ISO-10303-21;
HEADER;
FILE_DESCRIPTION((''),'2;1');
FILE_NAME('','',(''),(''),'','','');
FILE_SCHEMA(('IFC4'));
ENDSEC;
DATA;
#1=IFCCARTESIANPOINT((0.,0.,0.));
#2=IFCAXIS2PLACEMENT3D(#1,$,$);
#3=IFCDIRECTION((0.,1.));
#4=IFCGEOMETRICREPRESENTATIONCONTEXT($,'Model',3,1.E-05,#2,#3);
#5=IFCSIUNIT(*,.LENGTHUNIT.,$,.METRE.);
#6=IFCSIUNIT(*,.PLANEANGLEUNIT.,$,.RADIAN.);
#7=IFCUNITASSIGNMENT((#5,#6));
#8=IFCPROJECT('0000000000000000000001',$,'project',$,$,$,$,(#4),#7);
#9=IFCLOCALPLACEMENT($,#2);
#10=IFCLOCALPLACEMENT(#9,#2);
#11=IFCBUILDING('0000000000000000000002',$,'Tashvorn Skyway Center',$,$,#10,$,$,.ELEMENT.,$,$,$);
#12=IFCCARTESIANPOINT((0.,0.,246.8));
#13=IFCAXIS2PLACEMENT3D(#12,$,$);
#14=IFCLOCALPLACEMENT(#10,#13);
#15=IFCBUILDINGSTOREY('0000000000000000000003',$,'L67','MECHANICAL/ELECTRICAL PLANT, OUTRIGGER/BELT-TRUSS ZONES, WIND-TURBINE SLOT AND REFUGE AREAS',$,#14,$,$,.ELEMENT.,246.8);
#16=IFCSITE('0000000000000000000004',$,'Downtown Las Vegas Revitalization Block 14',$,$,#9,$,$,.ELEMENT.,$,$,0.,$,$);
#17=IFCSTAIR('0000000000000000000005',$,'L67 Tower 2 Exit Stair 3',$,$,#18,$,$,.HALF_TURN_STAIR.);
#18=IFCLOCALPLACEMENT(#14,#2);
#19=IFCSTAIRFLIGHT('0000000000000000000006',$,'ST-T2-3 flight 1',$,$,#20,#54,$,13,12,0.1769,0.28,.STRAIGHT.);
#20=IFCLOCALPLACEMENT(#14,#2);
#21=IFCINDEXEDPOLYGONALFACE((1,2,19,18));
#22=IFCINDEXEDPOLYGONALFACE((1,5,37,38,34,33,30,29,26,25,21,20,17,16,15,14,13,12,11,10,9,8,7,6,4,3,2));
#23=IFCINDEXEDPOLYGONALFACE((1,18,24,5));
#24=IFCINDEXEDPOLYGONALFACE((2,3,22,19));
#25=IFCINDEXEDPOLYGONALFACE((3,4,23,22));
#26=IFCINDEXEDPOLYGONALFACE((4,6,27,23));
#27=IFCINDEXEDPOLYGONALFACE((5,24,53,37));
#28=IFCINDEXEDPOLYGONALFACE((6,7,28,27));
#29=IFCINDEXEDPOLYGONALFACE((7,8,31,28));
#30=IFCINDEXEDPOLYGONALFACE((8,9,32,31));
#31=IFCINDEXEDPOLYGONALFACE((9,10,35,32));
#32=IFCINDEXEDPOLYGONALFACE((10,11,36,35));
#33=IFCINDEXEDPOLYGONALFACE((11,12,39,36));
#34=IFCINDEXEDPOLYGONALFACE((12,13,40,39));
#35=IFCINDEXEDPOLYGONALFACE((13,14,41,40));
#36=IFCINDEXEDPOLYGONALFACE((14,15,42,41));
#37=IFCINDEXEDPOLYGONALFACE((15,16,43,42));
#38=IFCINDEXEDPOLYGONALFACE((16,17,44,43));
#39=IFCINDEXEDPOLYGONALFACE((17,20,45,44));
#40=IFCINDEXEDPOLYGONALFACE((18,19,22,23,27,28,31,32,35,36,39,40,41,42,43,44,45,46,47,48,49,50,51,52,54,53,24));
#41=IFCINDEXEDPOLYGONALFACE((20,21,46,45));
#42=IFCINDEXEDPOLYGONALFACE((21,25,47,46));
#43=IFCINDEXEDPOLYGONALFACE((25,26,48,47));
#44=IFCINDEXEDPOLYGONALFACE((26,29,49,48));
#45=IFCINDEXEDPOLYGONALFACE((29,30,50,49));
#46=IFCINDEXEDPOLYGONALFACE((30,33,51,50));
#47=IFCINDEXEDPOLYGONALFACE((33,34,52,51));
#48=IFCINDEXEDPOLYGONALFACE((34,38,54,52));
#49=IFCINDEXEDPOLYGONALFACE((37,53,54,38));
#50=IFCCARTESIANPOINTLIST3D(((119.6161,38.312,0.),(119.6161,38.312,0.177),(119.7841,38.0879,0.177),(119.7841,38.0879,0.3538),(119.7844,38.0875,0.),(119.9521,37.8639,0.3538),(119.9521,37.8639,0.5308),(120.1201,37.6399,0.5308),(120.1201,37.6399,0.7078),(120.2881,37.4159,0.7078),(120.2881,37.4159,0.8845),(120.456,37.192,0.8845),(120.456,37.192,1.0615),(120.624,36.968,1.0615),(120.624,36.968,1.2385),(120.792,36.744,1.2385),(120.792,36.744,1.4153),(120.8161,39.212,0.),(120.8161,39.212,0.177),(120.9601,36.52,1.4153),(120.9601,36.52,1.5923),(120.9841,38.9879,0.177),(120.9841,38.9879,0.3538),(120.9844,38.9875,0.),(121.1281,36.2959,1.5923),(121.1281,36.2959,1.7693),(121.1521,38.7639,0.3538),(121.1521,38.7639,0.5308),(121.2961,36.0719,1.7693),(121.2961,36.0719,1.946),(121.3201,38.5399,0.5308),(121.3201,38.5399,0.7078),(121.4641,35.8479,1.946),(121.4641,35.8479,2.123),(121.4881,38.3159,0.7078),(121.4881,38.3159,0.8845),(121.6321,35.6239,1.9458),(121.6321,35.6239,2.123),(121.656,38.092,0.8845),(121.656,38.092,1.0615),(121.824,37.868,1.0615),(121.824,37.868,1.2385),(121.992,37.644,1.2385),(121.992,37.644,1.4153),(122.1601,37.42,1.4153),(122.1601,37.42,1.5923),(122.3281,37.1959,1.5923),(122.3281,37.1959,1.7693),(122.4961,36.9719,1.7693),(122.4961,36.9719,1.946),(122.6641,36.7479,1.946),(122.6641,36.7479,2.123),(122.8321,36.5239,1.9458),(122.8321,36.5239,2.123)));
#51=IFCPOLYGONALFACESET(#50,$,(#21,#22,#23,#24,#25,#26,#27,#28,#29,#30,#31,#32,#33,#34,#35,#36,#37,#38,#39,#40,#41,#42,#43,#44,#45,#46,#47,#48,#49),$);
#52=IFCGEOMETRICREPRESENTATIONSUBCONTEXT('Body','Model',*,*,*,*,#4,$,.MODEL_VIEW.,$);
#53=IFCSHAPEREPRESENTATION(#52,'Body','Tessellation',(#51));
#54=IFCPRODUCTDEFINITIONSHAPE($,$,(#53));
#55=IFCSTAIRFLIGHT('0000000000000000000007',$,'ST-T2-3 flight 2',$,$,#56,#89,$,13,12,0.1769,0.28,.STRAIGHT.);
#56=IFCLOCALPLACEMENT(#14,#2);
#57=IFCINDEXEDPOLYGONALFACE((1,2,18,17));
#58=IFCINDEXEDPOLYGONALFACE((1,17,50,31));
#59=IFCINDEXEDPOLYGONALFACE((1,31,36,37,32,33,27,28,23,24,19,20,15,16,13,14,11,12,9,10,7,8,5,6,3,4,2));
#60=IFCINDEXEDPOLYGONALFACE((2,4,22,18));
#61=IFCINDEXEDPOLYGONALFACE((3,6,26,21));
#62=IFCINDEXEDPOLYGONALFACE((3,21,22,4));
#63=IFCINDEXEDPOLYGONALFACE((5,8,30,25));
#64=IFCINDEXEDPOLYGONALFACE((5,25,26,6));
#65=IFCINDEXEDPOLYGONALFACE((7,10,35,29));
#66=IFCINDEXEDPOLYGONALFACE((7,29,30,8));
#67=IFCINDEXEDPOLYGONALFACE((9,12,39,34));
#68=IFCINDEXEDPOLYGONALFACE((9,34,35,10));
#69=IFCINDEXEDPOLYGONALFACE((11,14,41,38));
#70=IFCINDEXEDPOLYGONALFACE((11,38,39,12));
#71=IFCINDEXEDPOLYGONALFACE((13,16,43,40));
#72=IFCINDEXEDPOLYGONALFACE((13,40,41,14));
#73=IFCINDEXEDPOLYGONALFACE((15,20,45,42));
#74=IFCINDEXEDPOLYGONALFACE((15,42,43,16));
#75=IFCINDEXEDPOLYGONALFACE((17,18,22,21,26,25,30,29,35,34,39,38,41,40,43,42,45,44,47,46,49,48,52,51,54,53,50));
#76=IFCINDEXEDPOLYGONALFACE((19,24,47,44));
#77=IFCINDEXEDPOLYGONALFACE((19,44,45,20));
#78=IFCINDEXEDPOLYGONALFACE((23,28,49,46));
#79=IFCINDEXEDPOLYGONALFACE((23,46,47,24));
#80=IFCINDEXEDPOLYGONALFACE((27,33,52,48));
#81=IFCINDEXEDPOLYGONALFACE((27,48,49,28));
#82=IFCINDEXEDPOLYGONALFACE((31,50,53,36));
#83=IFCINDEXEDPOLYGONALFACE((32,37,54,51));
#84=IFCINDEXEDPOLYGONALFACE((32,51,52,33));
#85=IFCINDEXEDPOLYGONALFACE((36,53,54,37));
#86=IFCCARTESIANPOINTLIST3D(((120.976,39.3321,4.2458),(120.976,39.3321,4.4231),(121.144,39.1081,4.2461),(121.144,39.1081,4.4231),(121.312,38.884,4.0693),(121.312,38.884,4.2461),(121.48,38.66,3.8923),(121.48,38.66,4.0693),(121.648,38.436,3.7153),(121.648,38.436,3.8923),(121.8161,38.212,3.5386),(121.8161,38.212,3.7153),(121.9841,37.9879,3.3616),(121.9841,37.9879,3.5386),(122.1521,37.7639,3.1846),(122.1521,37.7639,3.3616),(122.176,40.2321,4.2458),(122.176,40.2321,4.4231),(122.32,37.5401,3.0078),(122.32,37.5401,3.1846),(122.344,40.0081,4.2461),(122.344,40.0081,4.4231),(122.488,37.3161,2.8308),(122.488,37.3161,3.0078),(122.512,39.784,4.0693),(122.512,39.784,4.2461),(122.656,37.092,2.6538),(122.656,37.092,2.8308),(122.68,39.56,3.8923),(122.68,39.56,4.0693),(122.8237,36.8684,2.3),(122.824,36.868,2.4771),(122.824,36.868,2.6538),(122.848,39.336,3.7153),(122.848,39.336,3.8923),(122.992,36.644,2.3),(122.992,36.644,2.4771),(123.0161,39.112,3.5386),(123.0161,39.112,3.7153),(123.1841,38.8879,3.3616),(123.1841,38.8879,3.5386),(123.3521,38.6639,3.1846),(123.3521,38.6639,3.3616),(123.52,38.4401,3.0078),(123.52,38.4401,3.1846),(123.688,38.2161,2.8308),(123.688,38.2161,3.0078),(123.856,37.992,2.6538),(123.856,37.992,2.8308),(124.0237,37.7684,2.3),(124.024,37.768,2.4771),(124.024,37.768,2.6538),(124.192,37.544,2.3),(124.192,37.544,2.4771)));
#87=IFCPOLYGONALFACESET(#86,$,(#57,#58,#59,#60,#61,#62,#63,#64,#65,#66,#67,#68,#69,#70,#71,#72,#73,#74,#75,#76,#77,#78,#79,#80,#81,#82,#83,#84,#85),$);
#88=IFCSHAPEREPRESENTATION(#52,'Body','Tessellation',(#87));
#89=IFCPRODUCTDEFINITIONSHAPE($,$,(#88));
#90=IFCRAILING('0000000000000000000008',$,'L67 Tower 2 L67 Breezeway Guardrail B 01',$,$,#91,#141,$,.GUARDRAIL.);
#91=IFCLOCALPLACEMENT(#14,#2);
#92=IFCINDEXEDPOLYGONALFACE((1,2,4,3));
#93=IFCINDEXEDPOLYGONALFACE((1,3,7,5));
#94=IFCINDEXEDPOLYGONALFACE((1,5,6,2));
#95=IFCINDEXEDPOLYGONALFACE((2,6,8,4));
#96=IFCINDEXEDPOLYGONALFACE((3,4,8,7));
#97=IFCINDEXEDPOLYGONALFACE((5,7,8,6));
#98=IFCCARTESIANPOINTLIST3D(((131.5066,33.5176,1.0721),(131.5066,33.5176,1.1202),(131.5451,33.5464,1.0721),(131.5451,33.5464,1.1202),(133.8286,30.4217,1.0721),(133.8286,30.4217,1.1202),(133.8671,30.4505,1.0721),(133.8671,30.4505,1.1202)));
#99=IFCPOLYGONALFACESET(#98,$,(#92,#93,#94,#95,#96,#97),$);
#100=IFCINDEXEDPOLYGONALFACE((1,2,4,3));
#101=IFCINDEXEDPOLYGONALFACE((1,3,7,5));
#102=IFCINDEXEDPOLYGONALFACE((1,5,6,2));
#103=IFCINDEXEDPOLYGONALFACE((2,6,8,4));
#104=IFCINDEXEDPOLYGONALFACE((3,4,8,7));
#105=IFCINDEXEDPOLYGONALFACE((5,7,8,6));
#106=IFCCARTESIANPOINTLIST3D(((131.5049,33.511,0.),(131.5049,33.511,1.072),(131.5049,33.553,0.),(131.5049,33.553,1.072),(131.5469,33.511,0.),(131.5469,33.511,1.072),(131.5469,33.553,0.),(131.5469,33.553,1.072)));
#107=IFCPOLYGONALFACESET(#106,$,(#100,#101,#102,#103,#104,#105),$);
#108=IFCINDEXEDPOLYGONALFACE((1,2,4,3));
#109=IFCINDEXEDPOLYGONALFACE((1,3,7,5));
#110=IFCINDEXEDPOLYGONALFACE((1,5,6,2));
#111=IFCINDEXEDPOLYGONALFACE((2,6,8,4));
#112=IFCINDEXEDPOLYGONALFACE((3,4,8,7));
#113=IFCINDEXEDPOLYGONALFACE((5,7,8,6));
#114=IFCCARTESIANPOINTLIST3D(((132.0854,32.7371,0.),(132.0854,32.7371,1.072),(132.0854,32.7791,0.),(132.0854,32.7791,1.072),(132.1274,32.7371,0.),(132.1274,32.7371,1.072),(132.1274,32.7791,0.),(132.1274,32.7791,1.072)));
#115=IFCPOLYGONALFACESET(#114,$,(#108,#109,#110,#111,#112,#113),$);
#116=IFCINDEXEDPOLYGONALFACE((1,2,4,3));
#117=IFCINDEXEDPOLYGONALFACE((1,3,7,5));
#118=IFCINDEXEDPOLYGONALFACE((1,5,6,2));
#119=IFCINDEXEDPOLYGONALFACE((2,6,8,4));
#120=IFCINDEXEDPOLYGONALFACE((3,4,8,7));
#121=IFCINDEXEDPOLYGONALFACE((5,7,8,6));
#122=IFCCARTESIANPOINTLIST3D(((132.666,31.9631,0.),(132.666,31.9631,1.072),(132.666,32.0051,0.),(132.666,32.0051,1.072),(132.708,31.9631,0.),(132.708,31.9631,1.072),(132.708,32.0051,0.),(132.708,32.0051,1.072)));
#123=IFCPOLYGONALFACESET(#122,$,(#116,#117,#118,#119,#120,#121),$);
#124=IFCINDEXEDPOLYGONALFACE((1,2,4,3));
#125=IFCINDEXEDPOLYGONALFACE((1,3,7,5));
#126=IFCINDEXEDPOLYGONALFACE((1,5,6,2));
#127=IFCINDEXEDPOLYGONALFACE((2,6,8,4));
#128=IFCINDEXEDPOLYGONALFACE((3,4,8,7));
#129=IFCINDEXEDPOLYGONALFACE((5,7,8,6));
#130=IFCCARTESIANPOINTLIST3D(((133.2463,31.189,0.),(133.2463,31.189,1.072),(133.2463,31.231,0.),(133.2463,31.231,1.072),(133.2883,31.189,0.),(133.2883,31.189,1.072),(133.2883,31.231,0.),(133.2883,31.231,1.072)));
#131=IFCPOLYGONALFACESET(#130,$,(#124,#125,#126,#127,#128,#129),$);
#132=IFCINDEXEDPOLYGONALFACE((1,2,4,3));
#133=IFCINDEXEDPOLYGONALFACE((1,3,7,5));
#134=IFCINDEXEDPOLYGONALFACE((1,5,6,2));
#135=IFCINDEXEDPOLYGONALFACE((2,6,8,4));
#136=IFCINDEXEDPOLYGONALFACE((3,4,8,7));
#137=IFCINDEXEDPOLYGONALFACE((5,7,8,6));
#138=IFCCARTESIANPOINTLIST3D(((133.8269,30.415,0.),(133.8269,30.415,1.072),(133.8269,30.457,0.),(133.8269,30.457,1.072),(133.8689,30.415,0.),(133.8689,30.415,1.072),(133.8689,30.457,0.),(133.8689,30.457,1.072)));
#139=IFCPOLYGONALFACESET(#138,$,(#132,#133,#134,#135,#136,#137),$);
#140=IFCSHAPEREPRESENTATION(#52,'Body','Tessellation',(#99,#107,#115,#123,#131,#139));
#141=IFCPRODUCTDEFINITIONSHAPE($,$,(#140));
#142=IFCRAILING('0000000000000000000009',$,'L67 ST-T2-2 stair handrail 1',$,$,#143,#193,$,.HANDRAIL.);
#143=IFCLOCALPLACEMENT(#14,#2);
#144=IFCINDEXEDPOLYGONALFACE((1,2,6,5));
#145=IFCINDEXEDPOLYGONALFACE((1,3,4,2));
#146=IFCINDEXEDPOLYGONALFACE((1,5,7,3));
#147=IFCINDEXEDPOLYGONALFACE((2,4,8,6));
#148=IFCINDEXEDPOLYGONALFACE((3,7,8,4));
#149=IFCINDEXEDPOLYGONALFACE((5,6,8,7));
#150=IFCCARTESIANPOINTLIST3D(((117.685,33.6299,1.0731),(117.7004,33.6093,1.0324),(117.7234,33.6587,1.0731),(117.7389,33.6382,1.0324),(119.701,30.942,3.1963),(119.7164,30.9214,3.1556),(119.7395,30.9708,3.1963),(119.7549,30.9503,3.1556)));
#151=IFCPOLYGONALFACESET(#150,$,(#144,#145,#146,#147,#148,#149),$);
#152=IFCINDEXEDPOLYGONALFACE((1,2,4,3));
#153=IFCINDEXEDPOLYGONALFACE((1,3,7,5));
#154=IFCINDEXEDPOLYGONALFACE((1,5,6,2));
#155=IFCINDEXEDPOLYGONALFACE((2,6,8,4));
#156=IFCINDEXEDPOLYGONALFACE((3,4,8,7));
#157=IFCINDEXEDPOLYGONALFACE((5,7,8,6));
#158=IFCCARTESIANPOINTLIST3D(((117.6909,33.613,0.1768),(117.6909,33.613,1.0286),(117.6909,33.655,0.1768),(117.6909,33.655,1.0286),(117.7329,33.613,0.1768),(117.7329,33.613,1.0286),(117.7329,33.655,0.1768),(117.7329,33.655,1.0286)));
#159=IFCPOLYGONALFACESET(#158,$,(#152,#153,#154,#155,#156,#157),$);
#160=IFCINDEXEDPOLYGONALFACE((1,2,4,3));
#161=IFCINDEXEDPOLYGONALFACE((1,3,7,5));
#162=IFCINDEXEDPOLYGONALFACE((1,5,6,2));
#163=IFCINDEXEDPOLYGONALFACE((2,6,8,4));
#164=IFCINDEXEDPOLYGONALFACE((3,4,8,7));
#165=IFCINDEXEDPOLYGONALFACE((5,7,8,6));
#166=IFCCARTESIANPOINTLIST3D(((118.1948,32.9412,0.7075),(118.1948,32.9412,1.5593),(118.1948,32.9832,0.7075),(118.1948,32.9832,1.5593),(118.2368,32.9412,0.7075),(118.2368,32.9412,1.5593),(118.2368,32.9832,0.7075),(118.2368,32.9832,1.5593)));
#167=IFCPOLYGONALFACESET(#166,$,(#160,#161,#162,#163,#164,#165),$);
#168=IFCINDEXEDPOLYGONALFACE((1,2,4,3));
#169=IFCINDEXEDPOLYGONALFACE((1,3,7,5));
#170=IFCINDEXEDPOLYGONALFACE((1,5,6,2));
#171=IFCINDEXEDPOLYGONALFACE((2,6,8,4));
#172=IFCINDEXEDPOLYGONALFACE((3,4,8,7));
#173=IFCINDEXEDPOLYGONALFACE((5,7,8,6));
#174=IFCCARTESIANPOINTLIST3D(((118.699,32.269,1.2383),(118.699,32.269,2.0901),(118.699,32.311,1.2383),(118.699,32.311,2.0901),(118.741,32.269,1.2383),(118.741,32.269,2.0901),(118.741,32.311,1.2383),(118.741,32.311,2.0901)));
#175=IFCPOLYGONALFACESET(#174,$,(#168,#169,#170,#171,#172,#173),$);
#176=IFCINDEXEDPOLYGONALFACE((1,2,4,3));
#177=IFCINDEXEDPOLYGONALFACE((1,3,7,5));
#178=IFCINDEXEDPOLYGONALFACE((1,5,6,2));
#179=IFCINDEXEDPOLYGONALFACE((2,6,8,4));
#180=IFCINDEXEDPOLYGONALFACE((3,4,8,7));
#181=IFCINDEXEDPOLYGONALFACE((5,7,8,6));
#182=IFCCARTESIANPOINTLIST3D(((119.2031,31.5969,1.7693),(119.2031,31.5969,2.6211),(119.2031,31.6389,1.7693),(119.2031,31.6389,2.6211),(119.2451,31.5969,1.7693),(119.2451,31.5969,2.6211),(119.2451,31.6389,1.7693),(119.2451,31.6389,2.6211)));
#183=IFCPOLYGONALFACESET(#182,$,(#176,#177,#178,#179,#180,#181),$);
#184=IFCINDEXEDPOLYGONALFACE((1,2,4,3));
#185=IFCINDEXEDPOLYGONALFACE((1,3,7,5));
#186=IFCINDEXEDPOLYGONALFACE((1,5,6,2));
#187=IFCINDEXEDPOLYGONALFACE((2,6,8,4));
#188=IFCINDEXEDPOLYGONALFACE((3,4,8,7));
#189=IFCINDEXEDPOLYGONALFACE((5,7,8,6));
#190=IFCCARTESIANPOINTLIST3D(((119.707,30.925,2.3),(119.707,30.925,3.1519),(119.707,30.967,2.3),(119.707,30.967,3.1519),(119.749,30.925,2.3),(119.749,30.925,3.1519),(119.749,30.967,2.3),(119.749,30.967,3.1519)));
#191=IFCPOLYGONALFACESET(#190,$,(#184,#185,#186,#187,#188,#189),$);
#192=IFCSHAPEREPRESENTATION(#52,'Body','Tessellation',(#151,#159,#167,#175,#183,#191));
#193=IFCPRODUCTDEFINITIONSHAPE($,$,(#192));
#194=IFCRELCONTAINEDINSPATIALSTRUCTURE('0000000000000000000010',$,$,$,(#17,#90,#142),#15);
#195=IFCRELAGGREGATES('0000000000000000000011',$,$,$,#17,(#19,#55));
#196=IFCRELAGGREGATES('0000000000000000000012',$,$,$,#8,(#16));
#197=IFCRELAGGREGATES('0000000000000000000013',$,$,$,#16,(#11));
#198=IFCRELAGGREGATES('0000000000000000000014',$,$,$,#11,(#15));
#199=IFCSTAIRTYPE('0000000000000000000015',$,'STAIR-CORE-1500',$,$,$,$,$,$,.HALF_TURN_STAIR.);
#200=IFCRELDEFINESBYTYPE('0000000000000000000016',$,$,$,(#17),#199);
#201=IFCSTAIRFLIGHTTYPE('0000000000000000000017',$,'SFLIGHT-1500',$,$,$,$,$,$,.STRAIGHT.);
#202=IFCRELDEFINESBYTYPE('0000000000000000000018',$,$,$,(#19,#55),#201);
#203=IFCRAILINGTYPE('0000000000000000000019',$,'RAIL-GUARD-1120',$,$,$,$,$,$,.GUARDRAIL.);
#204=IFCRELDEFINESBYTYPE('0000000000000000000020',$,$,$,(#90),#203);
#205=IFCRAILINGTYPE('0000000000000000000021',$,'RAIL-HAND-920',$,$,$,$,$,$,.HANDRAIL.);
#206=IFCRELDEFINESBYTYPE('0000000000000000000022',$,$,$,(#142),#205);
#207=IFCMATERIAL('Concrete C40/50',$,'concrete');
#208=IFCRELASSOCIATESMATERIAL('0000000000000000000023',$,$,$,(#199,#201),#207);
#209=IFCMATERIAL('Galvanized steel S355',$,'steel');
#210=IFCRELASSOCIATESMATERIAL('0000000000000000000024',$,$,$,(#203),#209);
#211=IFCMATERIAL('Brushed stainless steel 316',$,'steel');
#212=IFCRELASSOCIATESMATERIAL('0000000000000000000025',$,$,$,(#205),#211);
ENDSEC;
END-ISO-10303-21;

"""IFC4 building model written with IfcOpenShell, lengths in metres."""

from ifc_helpers import new_model, si_unit, direction, frame, origin, origin_2d, place, context, subcontext, project, spatial, polyline, rectangle, outline, extrude, material, type_object, element, aggregate, save


model = new_model("IFC4")

# Units and contexts
model_context = context("Model", 3, precision=1e-05, world=origin(), true_north=direction((0.0, 1.0)))
body_context = subcontext(model_context, "Body", "Model", "MODEL_VIEW")
ifc_project = project(units=[si_unit("LENGTHUNIT", "METRE"), si_unit("PLANEANGLEUNIT", "RADIAN")], contexts=[model_context])

# Site, building, storey
site_placement = place(None, origin())
site = spatial("IfcSite", under=ifc_project, at=site_placement, Name="Downtown Las Vegas Revitalization Block 14", CompositionType="ELEMENT", RefElevation=0.0)
building_placement = place(site_placement, origin())
building = spatial("IfcBuilding", under=site, at=building_placement, Name="Tashvorn Skyway Center", CompositionType="ELEMENT")
storey_placement = place(building_placement, frame((0.0, 0.0, 246.8)))
storey = spatial("IfcBuildingStorey", under=building, at=storey_placement, Name="L67", Description="MECHANICAL/ELECTRICAL PLANT, OUTRIGGER/BELT-TRUSS ZONES, WIND-TURBINE SLOT AND REFUGE AREAS", CompositionType="ELEMENT", Elevation=246.8)

# Shared definitions
ifc_material_1 = material(Name="Concrete C40/50", Category="concrete")

# Shared definitions
stair_type = type_object("IfcStairType", Name="STAIR-CORE-1500", PredefinedType="HALF_TURN_STAIR", material=ifc_material_1)
stair_flight_type = type_object("IfcStairFlightType", Name="SFLIGHT-1500", PredefinedType="STRAIGHT", material=ifc_material_1)

# Stair, stair flights
stair_1_placement = place(storey_placement, origin())
stair_1 = element("IfcStair", 1, at=stair_1_placement, inside=storey, type_object=stair_type, Name="L67 Tower 2 Exit Stair 3", PredefinedType="HALF_TURN_STAIR")
stair_flight_1_placement = place(storey_placement, frame((120.2161, 38.762, 0.0), z_axis=(0.0, 0.0, 1.0), x_axis=(0.6, -0.8, 0.0)))
stair_flight_1 = element("IfcStairFlight", 2, at=stair_flight_1_placement, type_object=stair_flight_type, Name="ST-T2-3 flight 1", NumberOfRisers=13, NumberOfTreads=12, PredefinedType="STRAIGHT", RiserHeight=0.1769, TreadLength=0.28, context=body_context, shape_type="SweptSolid", body=[
    extrude(outline(polyline([(0.0, 0.0), (0.0, 0.177), (0.28, 0.177), (0.28, 0.3538), (0.5601, 0.3538), (0.5601, 0.5308), (0.8401, 0.5308), (0.8401, 0.7078), (1.1201, 0.7078), (1.1201, 0.8845), (1.3999, 0.8845), (1.3999, 1.0615), (1.6799, 1.0615), (1.6799, 1.2385), (1.96, 1.2385), (1.96, 1.4153), (2.24, 1.4153), (2.24, 1.5923), (2.52, 1.5923), (2.52, 1.7693), (2.8, 1.7693), (2.8, 1.946), (3.0801, 1.946), (3.0801, 2.123), (3.3601, 2.123), (3.3601, 2.3), (3.3601, 1.9458), (0.2805, 0.0), (0.0, 0.0)])), frame((0.0, 0.75, 0.0), z_axis=(0.0, -1.0, 0.0), x_axis=(1.0, 0.0, 0.0)), (0.0, 0.0, 1.0), 1.5),
])
stair_flight_2_placement = place(storey_placement, frame((123.592, 37.094, 2.3), z_axis=(0.0, 0.0, 1.0), x_axis=(-0.6, 0.8, 0.0)))
stair_flight_2 = element("IfcStairFlight", 3, at=stair_flight_2_placement, type_object=stair_flight_type, Name="ST-T2-3 flight 2", NumberOfRisers=13, NumberOfTreads=12, PredefinedType="STRAIGHT", RiserHeight=0.1769, TreadLength=0.28, context=body_context, shape_type="SweptSolid", body=[
    extrude(outline(polyline([(0.0, 0.0), (0.0, 0.177), (0.28, 0.177), (0.28, 0.3538), (0.5601, 0.3538), (0.5601, 0.5308), (0.8401, 0.5308), (0.8401, 0.7078), (1.1201, 0.7078), (1.1201, 0.8845), (1.3999, 0.8845), (1.3999, 1.0615), (1.6799, 1.0615), (1.6799, 1.2385), (1.96, 1.2385), (1.96, 1.4153), (2.24, 1.4153), (2.24, 1.5923), (2.52, 1.5923), (2.52, 1.7693), (2.8, 1.7693), (2.8, 1.946), (3.0801, 1.946), (3.0801, 2.123), (3.3601, 2.123), (3.3601, 2.3), (3.3601, 1.9458), (0.2805, 0.0), (0.0, 0.0)])), frame((0.0, 0.75, 0.0), z_axis=(0.0, -1.0, 0.0), x_axis=(1.0, 0.0, 0.0)), (0.0, 0.0, 1.0), 1.5),
])
aggregate(stair_1, [stair_flight_1, stair_flight_2])

# Railings
ifc_material_2 = material(Name="Galvanized steel S355", Category="steel")
railing_type_1 = type_object("IfcRailingType", Name="RAIL-GUARD-1120", PredefinedType="GUARDRAIL", material=ifc_material_2)
railing_1_placement = place(storey_placement, frame((131.5259, 33.532, 0.0)))
element("IfcRailing", 4, at=railing_1_placement, inside=storey, type_object=railing_type_1, Name="L67 Tower 2 L67 Breezeway Guardrail B 01", PredefinedType="GUARDRAIL", context=body_context, shape_type="SweptSolid", body=[
    extrude(rectangle(XDim=0.0481, YDim=0.0481, at=origin_2d()), frame((0.0, 0.0, 1.0962), z_axis=(0.60001, -0.799992, 0.0), x_axis=(0.799992, 0.60001, 0.0)), (0.0, 0.0, 1.0), 3.8699),
    extrude(rectangle(XDim=0.042, YDim=0.042, at=origin_2d()), origin(), (0.0, 0.0, 1.0), 1.072),
    extrude(rectangle(XDim=0.042, YDim=0.042, at=origin_2d()), frame((0.5806, -0.7739, 0.0)), (0.0, 0.0, 1.0), 1.072),
    extrude(rectangle(XDim=0.042, YDim=0.042, at=origin_2d()), frame((1.1611, -1.5479, 0.0)), (0.0, 0.0, 1.0), 1.072),
    extrude(rectangle(XDim=0.042, YDim=0.042, at=origin_2d()), frame((1.7415, -2.322, 0.0)), (0.0, 0.0, 1.0), 1.072),
    extrude(rectangle(XDim=0.042, YDim=0.042, at=origin_2d()), frame((2.322, -3.0959, 0.0)), (0.0, 0.0, 1.0), 1.072),
])
ifc_material_3 = material(Name="Brushed stainless steel 316", Category="steel")
railing_type_2 = type_object("IfcRailingType", Name="RAIL-HAND-920", PredefinedType="HANDRAIL", material=ifc_material_3)
for number, where, name in (
    (5, (117.7119, 33.634, 0.1768), "L67 ST-T2-2 stair handrail 1"),
):
    element("IfcRailing", number, at=place(storey_placement, frame(where)), inside=storey, type_object=railing_type_2, Name=name, PredefinedType="HANDRAIL", context=body_context, shape_type="SweptSolid", body=[
        extrude(rectangle(XDim=0.0481, YDim=0.0481, at=origin_2d()), frame((0.0, 0.0, 0.876), z_axis=(0.507235, -0.676272, 0.5342), x_axis=(0.799983, 0.600023, 0.0)), (0.0, 0.0, 1.0), 3.9746),
        extrude(rectangle(XDim=0.042, YDim=0.042, at=origin_2d()), origin(), (0.0, 0.0, 1.0), 0.8518),
        extrude(rectangle(XDim=0.042, YDim=0.042, at=origin_2d()), frame((0.5039, -0.6719, 0.5308)), (0.0, 0.0, 1.0), 0.8518),
        extrude(rectangle(XDim=0.042, YDim=0.042, at=origin_2d()), frame((1.0081, -1.344, 1.0615)), (0.0, 0.0, 1.0), 0.8518),
        extrude(rectangle(XDim=0.042, YDim=0.042, at=origin_2d()), frame((1.5122, -2.0161, 1.5925)), (0.0, 0.0, 1.0), 0.8518),
        extrude(rectangle(XDim=0.042, YDim=0.042, at=origin_2d()), frame((2.0161, -2.688, 2.1233)), (0.0, 0.0, 1.0), 0.8518),
    ])

save(model, "model.ifc")
